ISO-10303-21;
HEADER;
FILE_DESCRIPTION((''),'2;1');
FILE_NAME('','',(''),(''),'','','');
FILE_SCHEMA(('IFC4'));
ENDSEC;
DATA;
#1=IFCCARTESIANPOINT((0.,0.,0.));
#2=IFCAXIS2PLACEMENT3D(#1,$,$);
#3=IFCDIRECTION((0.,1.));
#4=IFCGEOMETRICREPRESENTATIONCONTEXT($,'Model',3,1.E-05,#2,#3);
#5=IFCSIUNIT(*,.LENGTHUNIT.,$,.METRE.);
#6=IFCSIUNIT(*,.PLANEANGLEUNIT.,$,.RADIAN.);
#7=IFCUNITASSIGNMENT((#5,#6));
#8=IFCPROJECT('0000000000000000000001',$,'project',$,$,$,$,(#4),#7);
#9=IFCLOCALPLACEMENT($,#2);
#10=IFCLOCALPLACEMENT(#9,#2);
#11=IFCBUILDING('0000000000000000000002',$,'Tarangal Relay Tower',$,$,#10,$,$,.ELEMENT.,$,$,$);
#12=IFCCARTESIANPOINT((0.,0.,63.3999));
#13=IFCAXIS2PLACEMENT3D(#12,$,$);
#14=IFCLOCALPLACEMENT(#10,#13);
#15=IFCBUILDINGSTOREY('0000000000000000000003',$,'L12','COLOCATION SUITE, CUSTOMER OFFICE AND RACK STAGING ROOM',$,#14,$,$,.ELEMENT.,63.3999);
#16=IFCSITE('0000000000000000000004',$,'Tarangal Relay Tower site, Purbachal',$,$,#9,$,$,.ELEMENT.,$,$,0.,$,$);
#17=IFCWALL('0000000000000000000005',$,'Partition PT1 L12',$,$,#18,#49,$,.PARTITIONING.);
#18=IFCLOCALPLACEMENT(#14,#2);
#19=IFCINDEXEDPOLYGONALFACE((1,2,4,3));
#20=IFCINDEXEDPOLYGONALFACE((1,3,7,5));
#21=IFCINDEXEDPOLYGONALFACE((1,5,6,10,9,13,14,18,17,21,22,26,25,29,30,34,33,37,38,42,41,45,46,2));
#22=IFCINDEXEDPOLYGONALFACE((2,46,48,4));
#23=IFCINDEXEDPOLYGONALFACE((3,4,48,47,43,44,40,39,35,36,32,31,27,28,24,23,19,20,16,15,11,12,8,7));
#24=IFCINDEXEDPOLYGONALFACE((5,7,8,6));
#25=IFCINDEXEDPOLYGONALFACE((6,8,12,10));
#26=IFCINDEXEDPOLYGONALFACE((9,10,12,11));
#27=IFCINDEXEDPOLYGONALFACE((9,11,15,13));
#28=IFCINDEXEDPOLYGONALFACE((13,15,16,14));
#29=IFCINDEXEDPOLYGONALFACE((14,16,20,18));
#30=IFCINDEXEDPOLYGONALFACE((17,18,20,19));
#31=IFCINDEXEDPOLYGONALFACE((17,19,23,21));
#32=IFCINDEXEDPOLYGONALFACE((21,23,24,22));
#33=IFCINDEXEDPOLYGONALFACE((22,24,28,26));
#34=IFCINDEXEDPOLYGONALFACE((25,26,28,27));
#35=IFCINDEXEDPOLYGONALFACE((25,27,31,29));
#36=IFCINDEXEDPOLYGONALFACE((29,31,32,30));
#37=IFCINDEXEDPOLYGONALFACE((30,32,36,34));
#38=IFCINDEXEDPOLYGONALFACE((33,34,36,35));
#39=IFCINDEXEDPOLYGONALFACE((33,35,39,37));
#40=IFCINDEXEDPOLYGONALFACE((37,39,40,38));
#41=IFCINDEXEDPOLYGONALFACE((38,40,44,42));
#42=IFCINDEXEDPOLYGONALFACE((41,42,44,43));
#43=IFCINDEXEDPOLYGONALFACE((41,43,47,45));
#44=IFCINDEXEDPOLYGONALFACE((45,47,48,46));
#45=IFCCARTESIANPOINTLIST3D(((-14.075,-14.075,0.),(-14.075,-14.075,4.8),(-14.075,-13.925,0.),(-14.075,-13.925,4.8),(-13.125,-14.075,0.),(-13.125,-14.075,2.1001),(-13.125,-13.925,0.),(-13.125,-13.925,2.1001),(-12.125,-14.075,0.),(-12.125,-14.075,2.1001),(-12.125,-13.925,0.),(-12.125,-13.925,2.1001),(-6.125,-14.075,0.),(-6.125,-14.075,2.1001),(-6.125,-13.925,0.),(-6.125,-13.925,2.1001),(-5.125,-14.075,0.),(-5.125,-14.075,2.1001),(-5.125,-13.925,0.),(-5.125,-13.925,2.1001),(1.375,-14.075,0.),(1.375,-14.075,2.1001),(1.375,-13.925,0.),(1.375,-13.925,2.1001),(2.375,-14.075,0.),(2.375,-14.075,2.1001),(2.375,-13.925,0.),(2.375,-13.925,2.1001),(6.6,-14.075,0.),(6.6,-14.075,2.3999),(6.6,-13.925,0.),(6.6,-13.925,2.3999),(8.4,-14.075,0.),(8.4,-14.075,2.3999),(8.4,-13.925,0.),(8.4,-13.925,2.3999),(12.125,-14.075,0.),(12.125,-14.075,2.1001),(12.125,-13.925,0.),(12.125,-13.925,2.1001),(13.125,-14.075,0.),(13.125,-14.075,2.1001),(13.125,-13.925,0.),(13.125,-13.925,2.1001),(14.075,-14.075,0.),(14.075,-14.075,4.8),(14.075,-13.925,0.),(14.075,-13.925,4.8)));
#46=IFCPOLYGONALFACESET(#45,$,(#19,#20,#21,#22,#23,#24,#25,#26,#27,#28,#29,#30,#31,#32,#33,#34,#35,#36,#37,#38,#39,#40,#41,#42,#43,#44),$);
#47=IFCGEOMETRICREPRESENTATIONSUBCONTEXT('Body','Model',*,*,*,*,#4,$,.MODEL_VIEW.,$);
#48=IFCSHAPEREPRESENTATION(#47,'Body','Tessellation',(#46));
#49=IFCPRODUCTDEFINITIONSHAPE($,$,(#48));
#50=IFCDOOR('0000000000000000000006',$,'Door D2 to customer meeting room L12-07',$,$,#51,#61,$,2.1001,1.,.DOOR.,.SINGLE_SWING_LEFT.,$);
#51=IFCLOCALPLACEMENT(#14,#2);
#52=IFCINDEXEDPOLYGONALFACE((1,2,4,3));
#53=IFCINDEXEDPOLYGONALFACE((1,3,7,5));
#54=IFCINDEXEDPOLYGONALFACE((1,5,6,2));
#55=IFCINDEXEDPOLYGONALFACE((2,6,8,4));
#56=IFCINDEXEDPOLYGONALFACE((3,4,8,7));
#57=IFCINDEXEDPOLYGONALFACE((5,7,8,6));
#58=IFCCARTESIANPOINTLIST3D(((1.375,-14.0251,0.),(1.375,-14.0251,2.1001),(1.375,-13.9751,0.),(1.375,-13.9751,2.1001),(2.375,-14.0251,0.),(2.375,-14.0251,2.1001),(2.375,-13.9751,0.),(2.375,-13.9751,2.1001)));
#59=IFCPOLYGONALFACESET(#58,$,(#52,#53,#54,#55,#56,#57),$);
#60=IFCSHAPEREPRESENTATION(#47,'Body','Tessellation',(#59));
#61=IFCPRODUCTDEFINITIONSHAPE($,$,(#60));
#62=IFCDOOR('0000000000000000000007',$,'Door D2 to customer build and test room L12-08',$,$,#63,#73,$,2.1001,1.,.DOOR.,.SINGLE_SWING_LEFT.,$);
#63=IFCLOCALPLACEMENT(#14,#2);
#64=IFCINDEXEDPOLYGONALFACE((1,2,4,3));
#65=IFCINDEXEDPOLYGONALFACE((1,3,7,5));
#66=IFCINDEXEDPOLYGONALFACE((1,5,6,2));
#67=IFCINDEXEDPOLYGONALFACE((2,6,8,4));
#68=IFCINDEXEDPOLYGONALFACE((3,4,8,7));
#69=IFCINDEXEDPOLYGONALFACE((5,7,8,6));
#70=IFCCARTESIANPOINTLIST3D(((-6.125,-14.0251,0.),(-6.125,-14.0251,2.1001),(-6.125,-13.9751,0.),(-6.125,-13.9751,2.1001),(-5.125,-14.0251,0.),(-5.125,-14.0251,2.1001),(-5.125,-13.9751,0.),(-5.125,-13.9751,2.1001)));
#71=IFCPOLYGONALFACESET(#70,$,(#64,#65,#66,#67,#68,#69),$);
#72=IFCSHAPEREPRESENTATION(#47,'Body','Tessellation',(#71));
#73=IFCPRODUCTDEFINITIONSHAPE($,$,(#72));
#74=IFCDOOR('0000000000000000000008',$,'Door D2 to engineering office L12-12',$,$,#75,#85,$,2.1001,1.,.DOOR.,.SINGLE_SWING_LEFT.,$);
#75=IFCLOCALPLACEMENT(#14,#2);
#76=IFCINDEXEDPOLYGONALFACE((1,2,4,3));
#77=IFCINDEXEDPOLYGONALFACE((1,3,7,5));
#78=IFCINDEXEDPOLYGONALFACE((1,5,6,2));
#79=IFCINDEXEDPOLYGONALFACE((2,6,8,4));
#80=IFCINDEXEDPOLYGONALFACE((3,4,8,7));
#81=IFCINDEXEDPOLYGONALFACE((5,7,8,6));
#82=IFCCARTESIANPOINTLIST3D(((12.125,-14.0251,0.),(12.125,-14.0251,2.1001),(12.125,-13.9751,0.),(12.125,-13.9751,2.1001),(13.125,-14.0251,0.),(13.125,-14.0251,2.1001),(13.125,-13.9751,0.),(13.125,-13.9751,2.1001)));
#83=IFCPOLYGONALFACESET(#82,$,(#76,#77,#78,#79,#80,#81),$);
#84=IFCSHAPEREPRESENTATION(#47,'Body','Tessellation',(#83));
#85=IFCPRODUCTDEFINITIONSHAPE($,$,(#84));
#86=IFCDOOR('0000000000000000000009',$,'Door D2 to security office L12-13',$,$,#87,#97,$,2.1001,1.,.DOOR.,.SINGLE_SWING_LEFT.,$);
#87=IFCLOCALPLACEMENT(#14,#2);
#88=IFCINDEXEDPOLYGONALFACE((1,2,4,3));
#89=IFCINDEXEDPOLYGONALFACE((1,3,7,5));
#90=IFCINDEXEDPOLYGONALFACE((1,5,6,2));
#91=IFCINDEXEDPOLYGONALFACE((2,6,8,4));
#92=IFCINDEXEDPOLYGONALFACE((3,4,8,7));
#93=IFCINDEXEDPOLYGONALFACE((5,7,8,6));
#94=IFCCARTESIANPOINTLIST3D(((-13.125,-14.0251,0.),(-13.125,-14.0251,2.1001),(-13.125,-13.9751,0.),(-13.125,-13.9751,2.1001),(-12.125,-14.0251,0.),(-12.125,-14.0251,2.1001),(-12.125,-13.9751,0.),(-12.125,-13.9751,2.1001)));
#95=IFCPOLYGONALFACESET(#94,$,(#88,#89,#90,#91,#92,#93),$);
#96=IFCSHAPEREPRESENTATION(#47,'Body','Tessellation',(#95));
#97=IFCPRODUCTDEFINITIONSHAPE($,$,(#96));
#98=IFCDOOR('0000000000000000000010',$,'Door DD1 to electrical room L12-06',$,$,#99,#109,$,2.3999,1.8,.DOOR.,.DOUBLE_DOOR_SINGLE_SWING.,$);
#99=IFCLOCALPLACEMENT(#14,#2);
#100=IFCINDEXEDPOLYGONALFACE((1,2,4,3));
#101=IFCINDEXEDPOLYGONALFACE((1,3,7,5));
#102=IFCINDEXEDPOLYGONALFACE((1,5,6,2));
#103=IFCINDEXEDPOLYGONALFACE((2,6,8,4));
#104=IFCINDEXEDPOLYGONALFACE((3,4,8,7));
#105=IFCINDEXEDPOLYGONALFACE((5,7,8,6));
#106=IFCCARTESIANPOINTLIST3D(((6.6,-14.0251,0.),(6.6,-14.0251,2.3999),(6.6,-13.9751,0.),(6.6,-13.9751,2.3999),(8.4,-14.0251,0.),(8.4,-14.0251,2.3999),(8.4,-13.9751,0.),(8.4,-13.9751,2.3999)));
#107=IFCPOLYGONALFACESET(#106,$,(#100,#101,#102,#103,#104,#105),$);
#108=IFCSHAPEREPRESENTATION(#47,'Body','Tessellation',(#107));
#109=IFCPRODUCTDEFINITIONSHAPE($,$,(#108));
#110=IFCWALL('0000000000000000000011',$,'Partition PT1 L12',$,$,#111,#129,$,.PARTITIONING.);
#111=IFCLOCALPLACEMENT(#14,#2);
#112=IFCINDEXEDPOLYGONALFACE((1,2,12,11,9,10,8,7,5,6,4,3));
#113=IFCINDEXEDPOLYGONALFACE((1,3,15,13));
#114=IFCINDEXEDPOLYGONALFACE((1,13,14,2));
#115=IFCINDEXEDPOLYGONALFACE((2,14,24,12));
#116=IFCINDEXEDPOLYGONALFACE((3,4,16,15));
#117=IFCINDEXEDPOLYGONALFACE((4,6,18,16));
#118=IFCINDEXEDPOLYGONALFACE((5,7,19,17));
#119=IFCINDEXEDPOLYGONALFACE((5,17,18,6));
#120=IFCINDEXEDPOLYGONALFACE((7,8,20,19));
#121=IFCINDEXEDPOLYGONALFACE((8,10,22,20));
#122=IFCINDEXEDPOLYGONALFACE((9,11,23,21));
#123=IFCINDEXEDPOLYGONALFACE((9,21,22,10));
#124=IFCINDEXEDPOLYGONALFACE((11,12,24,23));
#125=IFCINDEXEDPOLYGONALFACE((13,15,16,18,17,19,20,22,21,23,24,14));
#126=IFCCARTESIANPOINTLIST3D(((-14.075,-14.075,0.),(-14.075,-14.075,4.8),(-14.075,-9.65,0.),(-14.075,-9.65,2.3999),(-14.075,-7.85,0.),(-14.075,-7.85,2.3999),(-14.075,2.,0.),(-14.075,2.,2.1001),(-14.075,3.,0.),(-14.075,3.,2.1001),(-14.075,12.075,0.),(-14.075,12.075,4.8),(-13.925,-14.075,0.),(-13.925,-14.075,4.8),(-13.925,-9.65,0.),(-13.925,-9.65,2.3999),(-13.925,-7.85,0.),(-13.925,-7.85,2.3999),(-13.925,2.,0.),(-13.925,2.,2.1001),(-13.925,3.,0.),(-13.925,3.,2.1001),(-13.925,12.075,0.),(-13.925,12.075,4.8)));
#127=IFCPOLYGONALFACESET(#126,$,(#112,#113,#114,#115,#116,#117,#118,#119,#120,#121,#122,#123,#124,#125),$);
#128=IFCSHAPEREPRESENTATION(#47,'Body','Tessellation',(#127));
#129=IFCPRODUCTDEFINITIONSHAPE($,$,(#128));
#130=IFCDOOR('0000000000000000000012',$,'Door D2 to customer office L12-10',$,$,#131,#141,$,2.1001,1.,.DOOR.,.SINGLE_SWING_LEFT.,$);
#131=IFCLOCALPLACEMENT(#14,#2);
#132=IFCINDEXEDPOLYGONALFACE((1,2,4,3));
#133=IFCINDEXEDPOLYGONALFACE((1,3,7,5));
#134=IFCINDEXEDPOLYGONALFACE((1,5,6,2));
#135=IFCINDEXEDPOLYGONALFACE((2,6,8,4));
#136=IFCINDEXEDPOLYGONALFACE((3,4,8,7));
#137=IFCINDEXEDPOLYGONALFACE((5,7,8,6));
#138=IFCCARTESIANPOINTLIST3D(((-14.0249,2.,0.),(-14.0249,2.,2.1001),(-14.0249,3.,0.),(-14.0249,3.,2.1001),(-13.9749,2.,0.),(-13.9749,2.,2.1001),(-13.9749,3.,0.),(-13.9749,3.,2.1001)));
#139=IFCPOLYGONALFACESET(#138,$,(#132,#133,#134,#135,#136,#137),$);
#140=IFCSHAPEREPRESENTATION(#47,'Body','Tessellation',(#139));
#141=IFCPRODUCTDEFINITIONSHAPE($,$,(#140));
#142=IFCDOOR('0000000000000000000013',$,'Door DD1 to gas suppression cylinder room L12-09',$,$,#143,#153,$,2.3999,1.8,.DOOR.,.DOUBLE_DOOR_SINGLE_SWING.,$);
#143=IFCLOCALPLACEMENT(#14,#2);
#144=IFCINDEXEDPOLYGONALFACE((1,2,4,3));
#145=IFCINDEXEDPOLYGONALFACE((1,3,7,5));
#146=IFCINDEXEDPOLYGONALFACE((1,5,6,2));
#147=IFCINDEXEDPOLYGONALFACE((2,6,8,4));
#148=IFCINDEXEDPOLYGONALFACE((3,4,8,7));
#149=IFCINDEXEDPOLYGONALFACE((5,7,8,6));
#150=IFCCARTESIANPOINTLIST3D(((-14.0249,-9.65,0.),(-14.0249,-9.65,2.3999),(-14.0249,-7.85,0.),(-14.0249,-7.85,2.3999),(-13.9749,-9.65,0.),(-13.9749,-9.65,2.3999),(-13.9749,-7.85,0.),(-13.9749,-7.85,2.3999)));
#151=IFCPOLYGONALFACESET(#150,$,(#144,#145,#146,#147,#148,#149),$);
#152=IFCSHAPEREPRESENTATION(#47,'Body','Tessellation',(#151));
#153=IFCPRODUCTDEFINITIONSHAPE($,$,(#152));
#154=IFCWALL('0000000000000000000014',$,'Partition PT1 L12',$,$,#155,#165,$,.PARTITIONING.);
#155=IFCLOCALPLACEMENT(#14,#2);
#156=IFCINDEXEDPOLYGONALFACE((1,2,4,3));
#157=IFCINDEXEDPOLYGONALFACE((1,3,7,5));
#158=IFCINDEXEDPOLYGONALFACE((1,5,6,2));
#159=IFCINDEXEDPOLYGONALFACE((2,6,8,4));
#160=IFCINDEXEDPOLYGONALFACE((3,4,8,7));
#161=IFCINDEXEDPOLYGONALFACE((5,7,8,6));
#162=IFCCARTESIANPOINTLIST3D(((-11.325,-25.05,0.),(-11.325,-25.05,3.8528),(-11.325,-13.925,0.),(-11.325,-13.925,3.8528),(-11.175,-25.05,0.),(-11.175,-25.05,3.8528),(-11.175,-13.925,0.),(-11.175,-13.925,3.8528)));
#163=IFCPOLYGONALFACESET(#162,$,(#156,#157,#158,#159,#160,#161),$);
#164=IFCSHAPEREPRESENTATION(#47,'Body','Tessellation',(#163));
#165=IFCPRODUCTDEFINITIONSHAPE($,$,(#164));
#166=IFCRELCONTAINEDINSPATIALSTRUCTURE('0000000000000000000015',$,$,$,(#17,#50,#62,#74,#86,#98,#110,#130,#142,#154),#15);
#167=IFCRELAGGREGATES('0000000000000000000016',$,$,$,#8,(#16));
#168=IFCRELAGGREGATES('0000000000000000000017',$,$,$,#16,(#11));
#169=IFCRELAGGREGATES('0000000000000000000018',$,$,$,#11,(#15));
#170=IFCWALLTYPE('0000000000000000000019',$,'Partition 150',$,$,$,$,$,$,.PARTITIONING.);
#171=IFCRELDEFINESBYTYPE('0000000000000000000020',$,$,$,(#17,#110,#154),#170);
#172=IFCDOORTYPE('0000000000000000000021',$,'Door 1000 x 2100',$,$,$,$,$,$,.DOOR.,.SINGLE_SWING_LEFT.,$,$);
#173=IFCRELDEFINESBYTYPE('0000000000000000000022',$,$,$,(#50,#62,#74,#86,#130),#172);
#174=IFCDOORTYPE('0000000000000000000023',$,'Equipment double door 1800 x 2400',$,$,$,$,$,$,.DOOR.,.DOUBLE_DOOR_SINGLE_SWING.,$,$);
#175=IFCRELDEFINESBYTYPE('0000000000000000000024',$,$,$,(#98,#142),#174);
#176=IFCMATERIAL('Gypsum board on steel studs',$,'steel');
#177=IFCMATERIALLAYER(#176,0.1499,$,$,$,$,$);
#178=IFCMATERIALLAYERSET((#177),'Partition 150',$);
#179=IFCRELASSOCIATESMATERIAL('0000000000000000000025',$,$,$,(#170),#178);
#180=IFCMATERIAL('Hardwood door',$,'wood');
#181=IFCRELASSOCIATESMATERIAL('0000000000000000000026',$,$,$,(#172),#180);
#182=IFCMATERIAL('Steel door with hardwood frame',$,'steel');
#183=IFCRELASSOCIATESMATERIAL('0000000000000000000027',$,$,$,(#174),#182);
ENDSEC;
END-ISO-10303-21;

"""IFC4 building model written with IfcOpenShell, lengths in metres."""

from ifc_helpers import new_model, si_unit, direction, frame, frame_2d, origin, place, context, subcontext, project, spatial, rectangle, extrude, material, layer, layer_set, type_object, element, fill, save


model = new_model("IFC4")

# Units and contexts
model_context = context("Model", 3, precision=1e-05, world=origin(), true_north=direction((0.0, 1.0)))
body_context = subcontext(model_context, "Body", "Model", "MODEL_VIEW")
ifc_project = project(units=[si_unit("LENGTHUNIT", "METRE"), si_unit("PLANEANGLEUNIT", "RADIAN")], contexts=[model_context])

# Site, building, storey
site_placement = place(None, origin())
site = spatial("IfcSite", under=ifc_project, at=site_placement, Name="Tarangal Relay Tower site, Purbachal", CompositionType="ELEMENT", RefElevation=0.0)
building_placement = place(site_placement, origin())
building = spatial("IfcBuilding", under=site, at=building_placement, Name="Tarangal Relay Tower", CompositionType="ELEMENT")
storey_placement = place(building_placement, frame((0.0, 0.0, 63.3999)))
storey = spatial("IfcBuildingStorey", under=building, at=storey_placement, Name="L12", Description="COLOCATION SUITE, CUSTOMER OFFICE AND RACK STAGING ROOM", CompositionType="ELEMENT", Elevation=63.3999)

# Walls, openings, doors
ifc_material_1 = material(Name="Gypsum board on steel studs", Category="steel")
ifc_layer_1 = layer(ifc_material_1, 0.1499)
ifc_layer_set_1 = layer_set([ifc_layer_1], Name="Partition 150")
wall_type_1 = type_object("IfcWallType", Name="Partition 150", PredefinedType="PARTITIONING", material=ifc_layer_set_1)
wall_1_placement = place(storey_placement, frame((-14.075, -14.0, 0.0), z_axis=(0.0, 0.0, 1.0), x_axis=(1.0, 0.0, 0.0)))
wall_1 = element("IfcWall", 1, at=wall_1_placement, inside=storey, type_object=wall_type_1, Name="Partition PT1 L12", PredefinedType="PARTITIONING", context=body_context, shape_type="SweptSolid", body=[
    extrude(rectangle(XDim=28.1499, YDim=0.1499, at=frame_2d((14.075, 0.0))), origin(), (0.0, 0.0, 1.0), 4.8),
])
opening_1_placement = place(wall_1_placement, frame((20.675, 0.0, 0.0)))
opening_1 = element("IfcOpeningElement", 2, at=opening_1_placement, cuts=wall_1, PredefinedType="OPENING", context=body_context, shape_type="SweptSolid", body=[
    extrude(rectangle(XDim=1.8, YDim=2.3999, at=frame_2d((0.8999, 1.2))), frame((0.0, 0.085, 0.0), z_axis=(0.0, -1.0, 0.0), x_axis=(1.0, 0.0, 0.0)), (0.0, 0.0, 1.0), 0.1699),
])
opening_2_placement = place(wall_1_placement, frame((15.45, 0.0, 0.0)))
opening_2 = element("IfcOpeningElement", 3, at=opening_2_placement, cuts=wall_1, PredefinedType="OPENING", context=body_context, shape_type="SweptSolid", body=[
    extrude(rectangle(XDim=1.0, YDim=2.1001, at=frame_2d((0.5, 1.05))), frame((0.0, 0.085, 0.0), z_axis=(0.0, -1.0, 0.0), x_axis=(1.0, 0.0, 0.0)), (0.0, 0.0, 1.0), 0.1699),
])
opening_3_placement = place(wall_1_placement, frame((7.95, 0.0, 0.0)))
opening_3 = element("IfcOpeningElement", 4, at=opening_3_placement, cuts=wall_1, PredefinedType="OPENING", context=body_context, shape_type="SweptSolid", body=[
    extrude(rectangle(XDim=1.0, YDim=2.1001, at=frame_2d((0.5, 1.05))), frame((0.0, 0.085, 0.0), z_axis=(0.0, -1.0, 0.0), x_axis=(1.0, 0.0, 0.0)), (0.0, 0.0, 1.0), 0.1699),
])
opening_4_placement = place(wall_1_placement, frame((26.2, 0.0, 0.0)))
opening_4 = element("IfcOpeningElement", 5, at=opening_4_placement, cuts=wall_1, PredefinedType="OPENING", context=body_context, shape_type="SweptSolid", body=[
    extrude(rectangle(XDim=1.0, YDim=2.1001, at=frame_2d((0.5, 1.05))), frame((0.0, 0.085, 0.0), z_axis=(0.0, -1.0, 0.0), x_axis=(1.0, 0.0, 0.0)), (0.0, 0.0, 1.0), 0.1699),
])
opening_5_placement = place(wall_1_placement, frame((0.95, 0.0, 0.0)))
opening_5 = element("IfcOpeningElement", 6, at=opening_5_placement, cuts=wall_1, PredefinedType="OPENING", context=body_context, shape_type="SweptSolid", body=[
    extrude(rectangle(XDim=1.0, YDim=2.1001, at=frame_2d((0.5, 1.05))), frame((0.0, 0.085, 0.0), z_axis=(0.0, -1.0, 0.0), x_axis=(1.0, 0.0, 0.0)), (0.0, 0.0, 1.0), 0.1699),
])
ifc_material_2 = material(Name="Hardwood door", Category="wood")
door_type_1 = type_object("IfcDoorType", Name="Door 1000 x 2100", OperationType="SINGLE_SWING_LEFT", PredefinedType="DOOR", material=ifc_material_2)
door_1_placement = place(opening_2_placement, origin())
door_1 = element("IfcDoor", 7, at=door_1_placement, inside=storey, type_object=door_type_1, Name="Door D2 to customer meeting room L12-07", OperationType="SINGLE_SWING_LEFT", OverallHeight=2.1001, OverallWidth=1.0, PredefinedType="DOOR", context=body_context, shape_type="SweptSolid", body=[
    extrude(rectangle(XDim=1.0, YDim=2.1001, at=frame_2d((0.5, 1.05))), frame((0.0, 0.0249, 0.0), z_axis=(0.0, -1.0, 0.0), x_axis=(1.0, 0.0, 0.0)), (0.0, 0.0, 1.0), 0.05),
])
fill(opening_2, door_1)
door_2_placement = place(opening_3_placement, origin())
door_2 = element("IfcDoor", 8, at=door_2_placement, inside=storey, type_object=door_type_1, Name="Door D2 to customer build and test room L12-08", OperationType="SINGLE_SWING_LEFT", OverallHeight=2.1001, OverallWidth=1.0, PredefinedType="DOOR", context=body_context, shape_type="SweptSolid", body=[
    extrude(rectangle(XDim=1.0, YDim=2.1001, at=frame_2d((0.5, 1.05))), frame((0.0, 0.0249, 0.0), z_axis=(0.0, -1.0, 0.0), x_axis=(1.0, 0.0, 0.0)), (0.0, 0.0, 1.0), 0.05),
])
fill(opening_3, door_2)
door_3_placement = place(opening_4_placement, origin())
door_3 = element("IfcDoor", 9, at=door_3_placement, inside=storey, type_object=door_type_1, Name="Door D2 to engineering office L12-12", OperationType="SINGLE_SWING_LEFT", OverallHeight=2.1001, OverallWidth=1.0, PredefinedType="DOOR", context=body_context, shape_type="SweptSolid", body=[
    extrude(rectangle(XDim=1.0, YDim=2.1001, at=frame_2d((0.5, 1.05))), frame((0.0, 0.0249, 0.0), z_axis=(0.0, -1.0, 0.0), x_axis=(1.0, 0.0, 0.0)), (0.0, 0.0, 1.0), 0.05),
])
fill(opening_4, door_3)
door_4_placement = place(opening_5_placement, origin())
door_4 = element("IfcDoor", 10, at=door_4_placement, inside=storey, type_object=door_type_1, Name="Door D2 to security office L12-13", OperationType="SINGLE_SWING_LEFT", OverallHeight=2.1001, OverallWidth=1.0, PredefinedType="DOOR", context=body_context, shape_type="SweptSolid", body=[
    extrude(rectangle(XDim=1.0, YDim=2.1001, at=frame_2d((0.5, 1.05))), frame((0.0, 0.0249, 0.0), z_axis=(0.0, -1.0, 0.0), x_axis=(1.0, 0.0, 0.0)), (0.0, 0.0, 1.0), 0.05),
])
fill(opening_5, door_4)
ifc_material_3 = material(Name="Steel door with hardwood frame", Category="steel")
door_type_2 = type_object("IfcDoorType", Name="Equipment double door 1800 x 2400", OperationType="DOUBLE_DOOR_SINGLE_SWING", PredefinedType="DOOR", material=ifc_material_3)
door_5_placement = place(opening_1_placement, origin())
door_5 = element("IfcDoor", 11, at=door_5_placement, inside=storey, type_object=door_type_2, Name="Door DD1 to electrical room L12-06", OperationType="DOUBLE_DOOR_SINGLE_SWING", OverallHeight=2.3999, OverallWidth=1.8, PredefinedType="DOOR", context=body_context, shape_type="SweptSolid", body=[
    extrude(rectangle(XDim=1.8, YDim=2.3999, at=frame_2d((0.8999, 1.2))), frame((0.0, 0.0249, 0.0), z_axis=(0.0, -1.0, 0.0), x_axis=(1.0, 0.0, 0.0)), (0.0, 0.0, 1.0), 0.05),
])
fill(opening_1, door_5)
wall_2_placement = place(storey_placement, frame((-14.0, -14.075, 0.0), z_axis=(0.0, 0.0, 1.0), x_axis=(0.0, 1.0, 0.0)))
wall_2 = element("IfcWall", 12, at=wall_2_placement, inside=storey, type_object=wall_type_1, Name="Partition PT1 L12", PredefinedType="PARTITIONING", context=body_context, shape_type="SweptSolid", body=[
    extrude(rectangle(XDim=26.1499, YDim=0.1499, at=frame_2d((13.075, 0.0))), origin(), (0.0, 0.0, 1.0), 4.8),
])
opening_6_placement = place(wall_2_placement, frame((4.425, 0.0, 0.0)))
opening_6 = element("IfcOpeningElement", 13, at=opening_6_placement, cuts=wall_2, PredefinedType="OPENING", context=body_context, shape_type="SweptSolid", body=[
    extrude(rectangle(XDim=1.8, YDim=2.3999, at=frame_2d((0.8999, 1.2))), frame((0.0, 0.085, 0.0), z_axis=(0.0, -1.0, 0.0), x_axis=(1.0, 0.0, 0.0)), (0.0, 0.0, 1.0), 0.1699),
])
opening_7_placement = place(wall_2_placement, frame((16.075, 0.0, 0.0)))
opening_7 = element("IfcOpeningElement", 14, at=opening_7_placement, cuts=wall_2, PredefinedType="OPENING", context=body_context, shape_type="SweptSolid", body=[
    extrude(rectangle(XDim=1.0, YDim=2.1001, at=frame_2d((0.5, 1.05))), frame((0.0, 0.085, 0.0), z_axis=(0.0, -1.0, 0.0), x_axis=(1.0, 0.0, 0.0)), (0.0, 0.0, 1.0), 0.1699),
])
door_6_placement = place(opening_7_placement, origin())
door_6 = element("IfcDoor", 15, at=door_6_placement, inside=storey, type_object=door_type_1, Name="Door D2 to customer office L12-10", OperationType="SINGLE_SWING_LEFT", OverallHeight=2.1001, OverallWidth=1.0, PredefinedType="DOOR", context=body_context, shape_type="SweptSolid", body=[
    extrude(rectangle(XDim=1.0, YDim=2.1001, at=frame_2d((0.5, 1.05))), frame((0.0, 0.0249, 0.0), z_axis=(0.0, -1.0, 0.0), x_axis=(1.0, 0.0, 0.0)), (0.0, 0.0, 1.0), 0.05),
])
fill(opening_7, door_6)
door_7_placement = place(opening_6_placement, origin())
door_7 = element("IfcDoor", 16, at=door_7_placement, inside=storey, type_object=door_type_2, Name="Door DD1 to gas suppression cylinder room L12-09", OperationType="DOUBLE_DOOR_SINGLE_SWING", OverallHeight=2.3999, OverallWidth=1.8, PredefinedType="DOOR", context=body_context, shape_type="SweptSolid", body=[
    extrude(rectangle(XDim=1.8, YDim=2.3999, at=frame_2d((0.8999, 1.2))), frame((0.0, 0.0249, 0.0), z_axis=(0.0, -1.0, 0.0), x_axis=(1.0, 0.0, 0.0)), (0.0, 0.0, 1.0), 0.05),
])
fill(opening_6, door_7)

# Wall
wall_3_placement = place(storey_placement, frame((-11.25, -25.05, 0.0), z_axis=(0.0, 0.0, 1.0), x_axis=(0.0, 1.0, 0.0)))
element("IfcWall", 17, at=wall_3_placement, inside=storey, type_object=wall_type_1, Name="Partition PT1 L12", PredefinedType="PARTITIONING", context=body_context, shape_type="SweptSolid", body=[
    extrude(rectangle(XDim=11.125, YDim=0.1499, at=frame_2d((5.5625, 0.0))), origin(), (0.0, 0.0, 1.0), 3.8528),
])

save(model, "model.ifc")
